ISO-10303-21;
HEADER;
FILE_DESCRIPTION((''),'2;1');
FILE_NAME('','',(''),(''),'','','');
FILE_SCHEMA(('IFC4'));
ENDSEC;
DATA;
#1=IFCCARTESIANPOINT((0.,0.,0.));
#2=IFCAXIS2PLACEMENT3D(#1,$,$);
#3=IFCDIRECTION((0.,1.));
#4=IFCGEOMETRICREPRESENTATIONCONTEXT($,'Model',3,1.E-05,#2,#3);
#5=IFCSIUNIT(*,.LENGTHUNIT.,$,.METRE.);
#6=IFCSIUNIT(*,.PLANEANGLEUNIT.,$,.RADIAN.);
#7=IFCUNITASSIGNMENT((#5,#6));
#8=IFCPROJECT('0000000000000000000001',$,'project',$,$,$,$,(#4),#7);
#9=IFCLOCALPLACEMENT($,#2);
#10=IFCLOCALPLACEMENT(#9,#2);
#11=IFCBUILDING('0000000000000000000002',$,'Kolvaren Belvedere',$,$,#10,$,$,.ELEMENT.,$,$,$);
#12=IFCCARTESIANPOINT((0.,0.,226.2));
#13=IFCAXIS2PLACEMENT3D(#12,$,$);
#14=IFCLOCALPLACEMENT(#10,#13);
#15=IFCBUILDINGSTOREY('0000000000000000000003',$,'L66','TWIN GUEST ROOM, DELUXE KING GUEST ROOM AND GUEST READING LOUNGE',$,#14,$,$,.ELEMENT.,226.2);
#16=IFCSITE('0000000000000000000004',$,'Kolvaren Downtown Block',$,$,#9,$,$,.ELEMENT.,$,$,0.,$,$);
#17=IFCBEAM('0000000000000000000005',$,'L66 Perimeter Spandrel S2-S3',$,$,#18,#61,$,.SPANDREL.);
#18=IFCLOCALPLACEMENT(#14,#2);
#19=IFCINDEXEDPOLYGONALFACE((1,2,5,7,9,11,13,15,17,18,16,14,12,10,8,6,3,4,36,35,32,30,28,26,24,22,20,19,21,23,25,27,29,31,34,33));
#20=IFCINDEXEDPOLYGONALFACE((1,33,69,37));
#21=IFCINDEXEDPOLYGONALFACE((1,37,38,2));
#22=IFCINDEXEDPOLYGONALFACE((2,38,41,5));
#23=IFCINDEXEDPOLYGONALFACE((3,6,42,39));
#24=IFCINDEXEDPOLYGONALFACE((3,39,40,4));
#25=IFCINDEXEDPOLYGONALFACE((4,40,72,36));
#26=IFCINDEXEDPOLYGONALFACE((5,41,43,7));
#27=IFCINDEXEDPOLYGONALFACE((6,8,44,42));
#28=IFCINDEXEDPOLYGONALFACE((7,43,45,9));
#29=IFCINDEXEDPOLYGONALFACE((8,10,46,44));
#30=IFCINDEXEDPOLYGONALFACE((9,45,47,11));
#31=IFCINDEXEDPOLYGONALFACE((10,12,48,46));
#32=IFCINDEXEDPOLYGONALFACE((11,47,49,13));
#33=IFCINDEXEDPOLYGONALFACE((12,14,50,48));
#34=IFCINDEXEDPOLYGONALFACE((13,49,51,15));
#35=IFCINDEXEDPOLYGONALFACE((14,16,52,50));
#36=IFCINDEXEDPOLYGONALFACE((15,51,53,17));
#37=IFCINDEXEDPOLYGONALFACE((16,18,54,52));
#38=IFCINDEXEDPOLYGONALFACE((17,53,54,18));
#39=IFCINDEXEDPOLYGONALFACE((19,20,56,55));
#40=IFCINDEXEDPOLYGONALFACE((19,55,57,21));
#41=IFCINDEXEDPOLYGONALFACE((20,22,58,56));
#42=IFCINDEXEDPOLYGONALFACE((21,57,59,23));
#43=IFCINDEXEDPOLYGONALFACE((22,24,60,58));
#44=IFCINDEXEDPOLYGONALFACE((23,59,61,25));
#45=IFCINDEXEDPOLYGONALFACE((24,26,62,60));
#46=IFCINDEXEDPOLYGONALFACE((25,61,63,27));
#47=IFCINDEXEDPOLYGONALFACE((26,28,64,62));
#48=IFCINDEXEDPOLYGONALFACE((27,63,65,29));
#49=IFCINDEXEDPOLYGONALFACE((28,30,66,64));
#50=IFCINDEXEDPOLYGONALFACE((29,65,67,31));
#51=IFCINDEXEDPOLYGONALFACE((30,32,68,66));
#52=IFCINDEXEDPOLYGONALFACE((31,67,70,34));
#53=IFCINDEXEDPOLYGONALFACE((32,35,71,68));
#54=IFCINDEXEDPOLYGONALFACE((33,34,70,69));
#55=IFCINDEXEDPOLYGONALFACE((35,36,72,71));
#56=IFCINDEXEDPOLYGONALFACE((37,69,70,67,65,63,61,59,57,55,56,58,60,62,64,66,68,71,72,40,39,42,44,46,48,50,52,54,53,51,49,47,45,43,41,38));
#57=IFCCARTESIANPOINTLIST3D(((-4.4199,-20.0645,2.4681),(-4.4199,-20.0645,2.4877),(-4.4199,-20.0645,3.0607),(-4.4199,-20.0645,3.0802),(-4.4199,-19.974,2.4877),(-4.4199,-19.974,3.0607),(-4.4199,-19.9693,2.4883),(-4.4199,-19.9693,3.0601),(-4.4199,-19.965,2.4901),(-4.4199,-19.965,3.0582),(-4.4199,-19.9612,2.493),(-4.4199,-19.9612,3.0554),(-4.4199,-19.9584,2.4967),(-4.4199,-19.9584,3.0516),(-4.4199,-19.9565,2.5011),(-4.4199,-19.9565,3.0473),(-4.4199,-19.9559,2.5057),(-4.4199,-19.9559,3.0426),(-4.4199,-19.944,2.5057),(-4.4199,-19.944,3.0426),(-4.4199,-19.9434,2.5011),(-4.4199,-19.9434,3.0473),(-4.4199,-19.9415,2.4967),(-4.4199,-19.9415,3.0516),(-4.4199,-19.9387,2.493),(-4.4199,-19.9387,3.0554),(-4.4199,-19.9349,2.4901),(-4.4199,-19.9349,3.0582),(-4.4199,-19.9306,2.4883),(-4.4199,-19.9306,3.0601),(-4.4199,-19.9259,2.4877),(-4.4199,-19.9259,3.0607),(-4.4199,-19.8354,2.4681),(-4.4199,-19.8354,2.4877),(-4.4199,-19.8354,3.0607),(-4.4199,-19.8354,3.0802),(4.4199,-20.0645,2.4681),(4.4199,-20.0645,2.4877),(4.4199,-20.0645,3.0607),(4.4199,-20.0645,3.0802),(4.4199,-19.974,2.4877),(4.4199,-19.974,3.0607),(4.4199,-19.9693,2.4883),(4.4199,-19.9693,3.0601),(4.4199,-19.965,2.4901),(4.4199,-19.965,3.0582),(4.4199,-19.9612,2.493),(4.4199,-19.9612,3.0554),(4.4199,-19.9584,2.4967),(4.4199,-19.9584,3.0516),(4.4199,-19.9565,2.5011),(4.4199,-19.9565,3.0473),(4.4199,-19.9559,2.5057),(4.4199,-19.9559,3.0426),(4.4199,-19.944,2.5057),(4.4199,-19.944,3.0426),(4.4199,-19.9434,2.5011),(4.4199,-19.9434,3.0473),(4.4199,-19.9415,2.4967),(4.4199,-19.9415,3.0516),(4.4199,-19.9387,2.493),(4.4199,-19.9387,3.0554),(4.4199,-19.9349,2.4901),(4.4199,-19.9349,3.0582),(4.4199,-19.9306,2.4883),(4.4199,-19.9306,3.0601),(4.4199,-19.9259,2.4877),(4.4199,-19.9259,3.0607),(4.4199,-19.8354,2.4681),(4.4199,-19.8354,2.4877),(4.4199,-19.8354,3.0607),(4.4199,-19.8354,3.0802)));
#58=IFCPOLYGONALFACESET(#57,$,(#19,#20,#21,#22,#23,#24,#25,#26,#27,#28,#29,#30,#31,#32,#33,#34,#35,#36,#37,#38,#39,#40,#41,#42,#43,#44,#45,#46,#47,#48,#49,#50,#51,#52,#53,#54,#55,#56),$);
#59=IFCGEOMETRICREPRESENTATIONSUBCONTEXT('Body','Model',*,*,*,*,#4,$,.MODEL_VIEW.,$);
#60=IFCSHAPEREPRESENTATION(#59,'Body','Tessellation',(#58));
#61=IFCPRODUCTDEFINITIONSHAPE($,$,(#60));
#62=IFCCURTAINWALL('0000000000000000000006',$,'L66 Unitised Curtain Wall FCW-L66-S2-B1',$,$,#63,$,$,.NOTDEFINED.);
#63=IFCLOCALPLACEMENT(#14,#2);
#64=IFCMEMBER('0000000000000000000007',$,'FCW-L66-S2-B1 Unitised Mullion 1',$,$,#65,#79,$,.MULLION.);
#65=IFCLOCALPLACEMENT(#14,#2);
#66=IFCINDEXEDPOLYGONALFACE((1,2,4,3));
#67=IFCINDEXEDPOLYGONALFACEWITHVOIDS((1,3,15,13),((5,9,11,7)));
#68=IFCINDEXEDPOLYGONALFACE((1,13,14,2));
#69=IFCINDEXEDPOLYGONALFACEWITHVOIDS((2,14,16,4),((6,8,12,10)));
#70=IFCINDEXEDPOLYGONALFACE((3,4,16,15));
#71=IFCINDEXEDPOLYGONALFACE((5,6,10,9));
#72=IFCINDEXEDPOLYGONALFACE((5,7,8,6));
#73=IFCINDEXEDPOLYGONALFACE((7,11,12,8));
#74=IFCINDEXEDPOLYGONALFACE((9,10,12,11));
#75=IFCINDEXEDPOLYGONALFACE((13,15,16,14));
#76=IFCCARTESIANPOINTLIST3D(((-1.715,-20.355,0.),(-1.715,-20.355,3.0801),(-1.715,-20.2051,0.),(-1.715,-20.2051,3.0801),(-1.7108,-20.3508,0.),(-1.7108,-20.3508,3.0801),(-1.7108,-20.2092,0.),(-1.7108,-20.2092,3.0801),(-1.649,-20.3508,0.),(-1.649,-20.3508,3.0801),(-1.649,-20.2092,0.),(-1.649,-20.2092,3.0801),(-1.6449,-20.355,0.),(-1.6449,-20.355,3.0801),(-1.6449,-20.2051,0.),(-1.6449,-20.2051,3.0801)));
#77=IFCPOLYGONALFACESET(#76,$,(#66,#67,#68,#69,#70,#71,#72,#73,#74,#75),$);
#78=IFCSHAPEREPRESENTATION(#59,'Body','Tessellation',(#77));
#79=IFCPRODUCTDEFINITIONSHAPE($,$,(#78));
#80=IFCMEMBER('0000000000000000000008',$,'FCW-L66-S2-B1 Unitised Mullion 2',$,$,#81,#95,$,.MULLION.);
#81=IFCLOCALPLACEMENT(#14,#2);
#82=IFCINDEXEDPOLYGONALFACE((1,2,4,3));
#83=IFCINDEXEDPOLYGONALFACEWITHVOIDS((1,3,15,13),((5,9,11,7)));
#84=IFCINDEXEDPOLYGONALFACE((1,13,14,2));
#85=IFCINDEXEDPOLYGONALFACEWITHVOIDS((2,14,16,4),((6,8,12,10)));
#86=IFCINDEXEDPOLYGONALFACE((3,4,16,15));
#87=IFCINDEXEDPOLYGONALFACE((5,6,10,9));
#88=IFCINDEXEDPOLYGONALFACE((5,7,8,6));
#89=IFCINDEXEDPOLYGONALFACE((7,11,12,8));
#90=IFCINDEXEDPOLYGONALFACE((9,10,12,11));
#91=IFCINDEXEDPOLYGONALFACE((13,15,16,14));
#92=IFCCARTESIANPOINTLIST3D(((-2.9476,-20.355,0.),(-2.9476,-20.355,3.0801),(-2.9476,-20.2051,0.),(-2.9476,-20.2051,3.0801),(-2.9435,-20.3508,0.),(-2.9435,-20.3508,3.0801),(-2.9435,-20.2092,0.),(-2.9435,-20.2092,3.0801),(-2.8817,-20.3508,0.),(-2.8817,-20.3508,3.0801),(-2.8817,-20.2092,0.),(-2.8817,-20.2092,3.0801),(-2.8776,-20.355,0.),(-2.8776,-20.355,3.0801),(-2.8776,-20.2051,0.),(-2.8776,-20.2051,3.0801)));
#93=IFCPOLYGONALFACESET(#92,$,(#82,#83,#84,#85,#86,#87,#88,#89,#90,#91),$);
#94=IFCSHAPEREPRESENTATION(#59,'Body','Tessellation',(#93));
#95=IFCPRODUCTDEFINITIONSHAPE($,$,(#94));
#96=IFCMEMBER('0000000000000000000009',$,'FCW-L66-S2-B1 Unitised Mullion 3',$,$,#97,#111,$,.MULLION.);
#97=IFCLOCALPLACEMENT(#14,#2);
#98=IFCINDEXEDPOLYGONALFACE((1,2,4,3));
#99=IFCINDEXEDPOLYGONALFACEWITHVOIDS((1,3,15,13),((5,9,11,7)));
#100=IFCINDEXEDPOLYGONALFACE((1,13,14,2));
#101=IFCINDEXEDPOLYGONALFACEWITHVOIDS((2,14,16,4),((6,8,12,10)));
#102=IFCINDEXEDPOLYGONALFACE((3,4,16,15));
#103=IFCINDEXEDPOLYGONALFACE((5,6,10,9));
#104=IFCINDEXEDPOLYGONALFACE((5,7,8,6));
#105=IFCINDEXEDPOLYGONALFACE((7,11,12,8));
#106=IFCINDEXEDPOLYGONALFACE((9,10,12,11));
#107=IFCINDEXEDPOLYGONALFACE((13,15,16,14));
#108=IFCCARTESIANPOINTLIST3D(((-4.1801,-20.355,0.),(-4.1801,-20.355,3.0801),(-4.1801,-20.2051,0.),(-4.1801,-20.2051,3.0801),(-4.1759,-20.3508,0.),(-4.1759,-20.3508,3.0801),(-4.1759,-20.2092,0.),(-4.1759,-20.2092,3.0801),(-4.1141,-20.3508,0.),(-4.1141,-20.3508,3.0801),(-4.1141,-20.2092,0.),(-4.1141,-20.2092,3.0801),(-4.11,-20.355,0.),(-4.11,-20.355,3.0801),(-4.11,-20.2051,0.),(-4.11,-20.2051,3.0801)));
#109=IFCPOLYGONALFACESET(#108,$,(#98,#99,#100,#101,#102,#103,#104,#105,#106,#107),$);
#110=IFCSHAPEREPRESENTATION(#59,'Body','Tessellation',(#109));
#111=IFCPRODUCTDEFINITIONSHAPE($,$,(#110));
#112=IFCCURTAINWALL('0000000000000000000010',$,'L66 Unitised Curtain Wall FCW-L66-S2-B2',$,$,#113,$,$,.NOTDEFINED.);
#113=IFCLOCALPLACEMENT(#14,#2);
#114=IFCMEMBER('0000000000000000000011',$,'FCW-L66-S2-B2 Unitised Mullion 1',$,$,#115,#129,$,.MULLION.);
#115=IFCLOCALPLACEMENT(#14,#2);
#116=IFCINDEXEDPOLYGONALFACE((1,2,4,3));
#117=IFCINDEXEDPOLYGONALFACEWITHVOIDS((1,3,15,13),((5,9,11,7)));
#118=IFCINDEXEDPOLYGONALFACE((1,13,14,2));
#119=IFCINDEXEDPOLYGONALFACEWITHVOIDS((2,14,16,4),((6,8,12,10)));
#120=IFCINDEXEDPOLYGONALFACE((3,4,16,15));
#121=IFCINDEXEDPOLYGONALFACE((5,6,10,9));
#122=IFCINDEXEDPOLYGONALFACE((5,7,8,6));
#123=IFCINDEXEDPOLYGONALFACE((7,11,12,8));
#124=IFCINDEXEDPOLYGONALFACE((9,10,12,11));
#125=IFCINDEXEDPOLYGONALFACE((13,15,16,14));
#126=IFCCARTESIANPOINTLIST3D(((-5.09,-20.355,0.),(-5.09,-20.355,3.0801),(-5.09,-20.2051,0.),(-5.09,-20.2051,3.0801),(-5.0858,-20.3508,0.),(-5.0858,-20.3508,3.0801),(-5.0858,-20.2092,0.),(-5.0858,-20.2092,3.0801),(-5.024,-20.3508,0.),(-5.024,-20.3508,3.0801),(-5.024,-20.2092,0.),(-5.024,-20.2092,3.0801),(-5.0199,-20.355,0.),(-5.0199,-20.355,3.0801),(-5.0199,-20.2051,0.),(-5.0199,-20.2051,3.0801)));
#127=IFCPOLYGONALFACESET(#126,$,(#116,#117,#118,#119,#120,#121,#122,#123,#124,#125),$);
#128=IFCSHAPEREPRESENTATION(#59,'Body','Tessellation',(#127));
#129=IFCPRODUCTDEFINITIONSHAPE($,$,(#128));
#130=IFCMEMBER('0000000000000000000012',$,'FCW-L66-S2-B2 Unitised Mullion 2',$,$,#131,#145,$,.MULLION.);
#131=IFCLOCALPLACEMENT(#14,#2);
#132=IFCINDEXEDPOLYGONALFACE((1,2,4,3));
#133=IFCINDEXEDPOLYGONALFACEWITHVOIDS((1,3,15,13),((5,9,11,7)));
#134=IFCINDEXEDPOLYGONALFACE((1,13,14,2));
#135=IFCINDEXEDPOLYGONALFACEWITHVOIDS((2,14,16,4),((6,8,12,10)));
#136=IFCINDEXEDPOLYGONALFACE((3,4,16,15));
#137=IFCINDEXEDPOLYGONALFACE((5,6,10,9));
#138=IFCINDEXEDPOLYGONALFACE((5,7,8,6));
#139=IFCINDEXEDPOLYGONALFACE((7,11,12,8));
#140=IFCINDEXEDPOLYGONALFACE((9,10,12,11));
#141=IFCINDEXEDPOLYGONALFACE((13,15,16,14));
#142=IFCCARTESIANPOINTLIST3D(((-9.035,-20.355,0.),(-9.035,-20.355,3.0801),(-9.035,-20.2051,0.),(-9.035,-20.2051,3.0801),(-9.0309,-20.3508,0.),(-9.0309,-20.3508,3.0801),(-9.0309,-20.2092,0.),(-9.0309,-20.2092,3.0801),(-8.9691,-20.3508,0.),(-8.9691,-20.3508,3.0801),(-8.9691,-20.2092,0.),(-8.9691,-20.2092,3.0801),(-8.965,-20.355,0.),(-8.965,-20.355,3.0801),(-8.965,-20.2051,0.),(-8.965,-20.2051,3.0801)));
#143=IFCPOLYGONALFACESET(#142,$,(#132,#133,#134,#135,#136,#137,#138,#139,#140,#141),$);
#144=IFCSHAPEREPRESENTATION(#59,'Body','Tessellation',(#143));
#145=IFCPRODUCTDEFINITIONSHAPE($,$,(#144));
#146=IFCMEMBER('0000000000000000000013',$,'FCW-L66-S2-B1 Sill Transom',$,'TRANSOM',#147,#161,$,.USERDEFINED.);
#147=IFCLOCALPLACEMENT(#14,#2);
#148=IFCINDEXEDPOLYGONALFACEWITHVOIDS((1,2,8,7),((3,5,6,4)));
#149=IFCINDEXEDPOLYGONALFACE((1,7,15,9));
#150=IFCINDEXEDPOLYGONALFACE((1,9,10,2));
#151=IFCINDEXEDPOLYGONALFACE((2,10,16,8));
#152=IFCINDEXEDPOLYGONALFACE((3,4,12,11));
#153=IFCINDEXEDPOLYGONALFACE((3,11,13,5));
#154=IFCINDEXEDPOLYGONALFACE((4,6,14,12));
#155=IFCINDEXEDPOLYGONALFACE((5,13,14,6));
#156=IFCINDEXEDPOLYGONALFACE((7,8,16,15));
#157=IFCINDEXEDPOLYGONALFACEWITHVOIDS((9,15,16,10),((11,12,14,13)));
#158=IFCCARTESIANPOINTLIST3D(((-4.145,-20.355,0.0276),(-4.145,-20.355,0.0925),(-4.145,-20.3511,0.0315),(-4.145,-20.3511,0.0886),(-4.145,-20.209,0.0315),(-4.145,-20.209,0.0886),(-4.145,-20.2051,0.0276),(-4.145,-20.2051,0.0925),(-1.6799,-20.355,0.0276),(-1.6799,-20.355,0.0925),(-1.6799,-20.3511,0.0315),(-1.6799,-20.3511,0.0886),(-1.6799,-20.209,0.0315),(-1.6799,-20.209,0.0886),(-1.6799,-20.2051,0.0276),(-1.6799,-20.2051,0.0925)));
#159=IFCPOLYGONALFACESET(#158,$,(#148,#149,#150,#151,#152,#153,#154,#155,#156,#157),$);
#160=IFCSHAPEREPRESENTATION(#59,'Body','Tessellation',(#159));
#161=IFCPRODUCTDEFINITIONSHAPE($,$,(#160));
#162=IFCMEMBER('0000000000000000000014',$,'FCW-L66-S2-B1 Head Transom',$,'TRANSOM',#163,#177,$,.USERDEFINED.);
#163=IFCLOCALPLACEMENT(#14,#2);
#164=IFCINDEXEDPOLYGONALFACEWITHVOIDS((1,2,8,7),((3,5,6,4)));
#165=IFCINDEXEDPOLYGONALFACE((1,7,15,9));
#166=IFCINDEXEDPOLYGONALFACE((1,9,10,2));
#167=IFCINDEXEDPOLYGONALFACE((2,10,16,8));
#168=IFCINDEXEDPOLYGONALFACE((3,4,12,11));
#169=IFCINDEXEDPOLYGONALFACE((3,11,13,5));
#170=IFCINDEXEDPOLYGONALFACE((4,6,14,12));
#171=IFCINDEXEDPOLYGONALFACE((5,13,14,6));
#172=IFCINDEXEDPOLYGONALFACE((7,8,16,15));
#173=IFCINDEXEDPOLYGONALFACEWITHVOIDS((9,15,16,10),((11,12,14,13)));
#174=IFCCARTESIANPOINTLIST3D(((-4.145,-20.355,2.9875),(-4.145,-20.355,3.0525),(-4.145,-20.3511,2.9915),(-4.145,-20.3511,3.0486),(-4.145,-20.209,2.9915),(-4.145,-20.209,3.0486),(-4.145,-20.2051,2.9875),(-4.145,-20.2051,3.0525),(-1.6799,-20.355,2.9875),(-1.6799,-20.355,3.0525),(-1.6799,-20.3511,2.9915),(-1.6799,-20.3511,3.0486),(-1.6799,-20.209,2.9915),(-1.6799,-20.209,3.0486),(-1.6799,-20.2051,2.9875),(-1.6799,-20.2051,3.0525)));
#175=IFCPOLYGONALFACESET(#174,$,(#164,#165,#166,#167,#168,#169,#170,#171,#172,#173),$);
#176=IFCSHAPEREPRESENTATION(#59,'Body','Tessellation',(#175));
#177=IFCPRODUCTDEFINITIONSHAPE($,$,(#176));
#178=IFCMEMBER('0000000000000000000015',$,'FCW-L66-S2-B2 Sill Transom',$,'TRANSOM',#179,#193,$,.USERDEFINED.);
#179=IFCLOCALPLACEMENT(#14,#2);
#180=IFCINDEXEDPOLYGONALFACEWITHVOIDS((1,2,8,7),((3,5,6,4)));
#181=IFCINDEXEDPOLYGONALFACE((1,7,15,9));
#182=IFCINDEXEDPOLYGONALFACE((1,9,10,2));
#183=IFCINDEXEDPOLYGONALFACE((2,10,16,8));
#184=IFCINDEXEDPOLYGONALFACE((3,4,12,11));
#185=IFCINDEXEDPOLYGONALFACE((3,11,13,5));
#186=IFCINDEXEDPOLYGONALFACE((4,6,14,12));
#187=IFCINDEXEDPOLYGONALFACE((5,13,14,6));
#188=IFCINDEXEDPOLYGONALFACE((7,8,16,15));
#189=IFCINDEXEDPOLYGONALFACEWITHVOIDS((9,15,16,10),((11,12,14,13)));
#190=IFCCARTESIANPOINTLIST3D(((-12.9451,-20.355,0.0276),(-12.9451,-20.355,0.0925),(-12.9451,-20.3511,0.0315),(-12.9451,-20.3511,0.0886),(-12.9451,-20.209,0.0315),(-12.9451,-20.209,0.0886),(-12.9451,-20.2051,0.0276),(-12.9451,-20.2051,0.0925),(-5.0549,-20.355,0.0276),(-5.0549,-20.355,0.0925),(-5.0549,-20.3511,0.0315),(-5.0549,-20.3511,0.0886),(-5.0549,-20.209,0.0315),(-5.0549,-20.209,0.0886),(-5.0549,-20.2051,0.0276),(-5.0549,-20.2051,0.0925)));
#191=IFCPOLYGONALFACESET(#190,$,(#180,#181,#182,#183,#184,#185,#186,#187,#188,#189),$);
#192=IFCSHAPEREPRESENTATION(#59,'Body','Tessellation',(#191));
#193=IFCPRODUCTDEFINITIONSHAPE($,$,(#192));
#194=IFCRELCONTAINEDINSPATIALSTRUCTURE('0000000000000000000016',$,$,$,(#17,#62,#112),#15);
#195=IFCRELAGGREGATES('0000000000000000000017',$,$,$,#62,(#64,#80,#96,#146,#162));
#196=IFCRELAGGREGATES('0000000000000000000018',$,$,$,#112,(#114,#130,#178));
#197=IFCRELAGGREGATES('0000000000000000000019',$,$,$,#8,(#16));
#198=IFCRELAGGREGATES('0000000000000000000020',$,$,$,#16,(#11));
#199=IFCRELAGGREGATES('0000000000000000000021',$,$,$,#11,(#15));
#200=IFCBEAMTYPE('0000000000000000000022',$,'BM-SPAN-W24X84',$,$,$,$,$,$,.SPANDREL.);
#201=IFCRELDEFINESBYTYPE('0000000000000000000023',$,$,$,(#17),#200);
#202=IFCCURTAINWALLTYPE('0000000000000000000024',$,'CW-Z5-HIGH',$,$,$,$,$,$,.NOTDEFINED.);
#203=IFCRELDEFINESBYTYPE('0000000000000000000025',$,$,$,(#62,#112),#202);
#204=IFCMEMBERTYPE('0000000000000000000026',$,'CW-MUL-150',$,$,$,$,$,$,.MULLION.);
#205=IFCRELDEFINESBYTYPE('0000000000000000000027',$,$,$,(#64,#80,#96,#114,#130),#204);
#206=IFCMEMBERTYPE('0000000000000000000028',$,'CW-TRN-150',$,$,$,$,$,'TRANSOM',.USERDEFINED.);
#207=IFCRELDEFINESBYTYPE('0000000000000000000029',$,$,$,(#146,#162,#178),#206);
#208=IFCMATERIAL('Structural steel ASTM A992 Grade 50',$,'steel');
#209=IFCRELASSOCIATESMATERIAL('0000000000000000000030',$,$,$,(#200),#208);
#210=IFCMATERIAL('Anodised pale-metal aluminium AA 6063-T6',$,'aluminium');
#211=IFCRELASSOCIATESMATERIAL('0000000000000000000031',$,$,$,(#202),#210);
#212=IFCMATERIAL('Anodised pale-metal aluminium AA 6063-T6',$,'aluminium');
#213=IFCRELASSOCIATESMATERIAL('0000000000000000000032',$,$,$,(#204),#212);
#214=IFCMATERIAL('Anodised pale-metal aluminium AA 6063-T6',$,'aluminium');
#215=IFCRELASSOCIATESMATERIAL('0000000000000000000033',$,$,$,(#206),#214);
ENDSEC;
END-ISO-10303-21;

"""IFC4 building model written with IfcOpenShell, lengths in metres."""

from ifc_helpers import new_model, si_unit, direction, frame, origin, origin_2d, place, context, subcontext, project, spatial, hollow_rectangle, i_section, extrude, material, material_profile, profile_set, type_object, element, aggregate, save


model = new_model("IFC4")

# Units and contexts
model_context = context("Model", 3, precision=1e-05, world=origin(), true_north=direction((0.0, 1.0)))
body_context = subcontext(model_context, "Body", "Model", "MODEL_VIEW")
ifc_project = project(units=[si_unit("LENGTHUNIT", "METRE"), si_unit("PLANEANGLEUNIT", "RADIAN")], contexts=[model_context])

# Site, building, storey
site_placement = place(None, origin())
site = spatial("IfcSite", under=ifc_project, at=site_placement, Name="Kolvaren Downtown Block", CompositionType="ELEMENT", RefElevation=0.0)
building_placement = place(site_placement, origin())
building = spatial("IfcBuilding", under=site, at=building_placement, Name="Kolvaren Belvedere", CompositionType="ELEMENT")
storey_placement = place(building_placement, frame((0.0, 0.0, 226.2)))
storey = spatial("IfcBuildingStorey", under=building, at=storey_placement, Name="L66", Description="TWIN GUEST ROOM, DELUXE KING GUEST ROOM AND GUEST READING LOUNGE", CompositionType="ELEMENT", Elevation=226.2)

# Beam
ifc_material_1 = material(Name="Structural steel ASTM A992 Grade 50", Category="steel")
ifc_material_profile_1 = material_profile(ifc_material_1, i_section(OverallWidth=0.229, OverallDepth=0.6121, WebThickness=0.012, FlangeThickness=0.0195, FilletRadius=0.0181, at=origin_2d()), Name="W24X84")
ifc_profile_set_1 = profile_set([ifc_material_profile_1], Name="Structural steel ASTM A992 Grade 50")
beam_type_1 = type_object("IfcBeamType", Name="BM-SPAN-W24X84", PredefinedType="SPANDREL", material=ifc_profile_set_1)
beam_1_placement = place(storey_placement, frame((-4.4199, -19.95, 2.7742), z_axis=(1.0, 0.0, 0.0), x_axis=(0.0, 1.0, 0.0)))
element("IfcBeam", 1, at=beam_1_placement, inside=storey, type_object=beam_type_1, Name="L66 Perimeter Spandrel S2-S3", PredefinedType="SPANDREL", context=body_context, shape_type="SweptSolid", body=[
    extrude(i_section(OverallWidth=0.229, OverallDepth=0.6121, WebThickness=0.012, FlangeThickness=0.0195, FilletRadius=0.0181, at=origin_2d()), origin(), (0.0, 0.0, 1.0), 8.8398),
])

# Curtain walls, members
ifc_material_2 = material(Name="Anodised pale-metal aluminium AA 6063-T6", Category="aluminium")
curtain_wall_type = type_object("IfcCurtainWallType", Name="CW-Z5-HIGH", PredefinedType="NOTDEFINED", material=ifc_material_2)
curtain_wall_1_placement = place(storey_placement, origin())
curtain_wall_1 = element("IfcCurtainWall", 2, at=curtain_wall_1_placement, inside=storey, type_object=curtain_wall_type, Name="L66 Unitised Curtain Wall FCW-L66-S2-B1", PredefinedType="NOTDEFINED")
ifc_material_3 = material(Name="Anodised pale-metal aluminium AA 6063-T6", Category="aluminium")
ifc_material_profile_2 = material_profile(ifc_material_3, hollow_rectangle(XDim=0.0701, YDim=0.1499, WallThickness=0.0042, at=origin_2d()), Name="ALU-MUL-150X70")
ifc_profile_set_2 = profile_set([ifc_material_profile_2], Name="Anodised pale-metal aluminium AA 6063-T6")
member_type_1 = type_object("IfcMemberType", Name="CW-MUL-150", PredefinedType="MULLION", material=ifc_profile_set_2)
member_1_placement = place(storey_placement, frame((-1.6799, -20.28, 0.0), z_axis=(0.0, 0.0, 1.0), x_axis=(1.0, 0.0, 0.0)))
member_1 = element("IfcMember", 3, at=member_1_placement, type_object=member_type_1, Name="FCW-L66-S2-B1 Unitised Mullion 1", PredefinedType="MULLION", context=body_context, shape_type="SweptSolid", body=[
    extrude(hollow_rectangle(XDim=0.0701, YDim=0.1499, WallThickness=0.0042, at=origin_2d()), origin(), (0.0, 0.0, 1.0), 3.0801),
])
member_2_placement = place(storey_placement, frame((-2.9126, -20.28, 0.0), z_axis=(0.0, 0.0, 1.0), x_axis=(1.0, 0.0, 0.0)))
member_2 = element("IfcMember", 4, at=member_2_placement, type_object=member_type_1, Name="FCW-L66-S2-B1 Unitised Mullion 2", PredefinedType="MULLION", context=body_context, shape_type="SweptSolid", body=[
    extrude(hollow_rectangle(XDim=0.0701, YDim=0.1499, WallThickness=0.0042, at=origin_2d()), origin(), (0.0, 0.0, 1.0), 3.0801),
])
member_3_placement = place(storey_placement, frame((-4.145, -20.28, 0.0), z_axis=(0.0, 0.0, 1.0), x_axis=(1.0, 0.0, 0.0)))
member_3 = element("IfcMember", 5, at=member_3_placement, type_object=member_type_1, Name="FCW-L66-S2-B1 Unitised Mullion 3", PredefinedType="MULLION", context=body_context, shape_type="SweptSolid", body=[
    extrude(hollow_rectangle(XDim=0.0701, YDim=0.1499, WallThickness=0.0042, at=origin_2d()), origin(), (0.0, 0.0, 1.0), 3.0801),
])
curtain_wall_2_placement = place(storey_placement, origin())
curtain_wall_2 = element("IfcCurtainWall", 6, at=curtain_wall_2_placement, inside=storey, type_object=curtain_wall_type, Name="L66 Unitised Curtain Wall FCW-L66-S2-B2", PredefinedType="NOTDEFINED")
member_4_placement = place(storey_placement, frame((-5.0549, -20.28, 0.0), z_axis=(0.0, 0.0, 1.0), x_axis=(1.0, 0.0, 0.0)))
member_4 = element("IfcMember", 7, at=member_4_placement, type_object=member_type_1, Name="FCW-L66-S2-B2 Unitised Mullion 1", PredefinedType="MULLION", context=body_context, shape_type="SweptSolid", body=[
    extrude(hollow_rectangle(XDim=0.0701, YDim=0.1499, WallThickness=0.0042, at=origin_2d()), origin(), (0.0, 0.0, 1.0), 3.0801),
])
member_5_placement = place(storey_placement, frame((-9.0, -20.28, 0.0), z_axis=(0.0, 0.0, 1.0), x_axis=(1.0, 0.0, 0.0)))
member_5 = element("IfcMember", 8, at=member_5_placement, type_object=member_type_1, Name="FCW-L66-S2-B2 Unitised Mullion 2", PredefinedType="MULLION", context=body_context, shape_type="SweptSolid", body=[
    extrude(hollow_rectangle(XDim=0.0701, YDim=0.1499, WallThickness=0.0042, at=origin_2d()), origin(), (0.0, 0.0, 1.0), 3.0801),
])

# Members
ifc_material_4 = material(Name="Anodised pale-metal aluminium AA 6063-T6", Category="aluminium")
ifc_material_profile_3 = material_profile(ifc_material_4, hollow_rectangle(XDim=0.0649, YDim=0.1499, WallThickness=0.0039, at=origin_2d()), Name="ALU-TRN-150X65")
ifc_profile_set_3 = profile_set([ifc_material_profile_3], Name="Anodised pale-metal aluminium AA 6063-T6")
member_type_2 = type_object("IfcMemberType", Name="CW-TRN-150", ElementType="TRANSOM", PredefinedType="USERDEFINED", material=ifc_profile_set_3)
member_6_placement = place(storey_placement, frame((-1.6799, -20.28, 0.0601), z_axis=(-1.0, 0.0, 0.0), x_axis=(0.0, 0.0, 1.0)))
member_6 = element("IfcMember", 9, at=member_6_placement, type_object=member_type_2, Name="FCW-L66-S2-B1 Sill Transom", ObjectType="TRANSOM", PredefinedType="USERDEFINED", context=body_context, shape_type="SweptSolid", body=[
    extrude(hollow_rectangle(XDim=0.0649, YDim=0.1499, WallThickness=0.0039, at=origin_2d()), origin(), (0.0, 0.0, 1.0), 2.4651),
])
member_7_placement = place(storey_placement, frame((-1.6799, -20.28, 3.02), z_axis=(-1.0, 0.0, 0.0), x_axis=(0.0, 0.0, 1.0)))
member_7 = element("IfcMember", 10, at=member_7_placement, type_object=member_type_2, Name="FCW-L66-S2-B1 Head Transom", ObjectType="TRANSOM", PredefinedType="USERDEFINED", context=body_context, shape_type="SweptSolid", body=[
    extrude(hollow_rectangle(XDim=0.0649, YDim=0.1499, WallThickness=0.0039, at=origin_2d()), origin(), (0.0, 0.0, 1.0), 2.4651),
])
member_8_placement = place(storey_placement, frame((-5.0549, -20.28, 0.0601), z_axis=(-1.0, 0.0, 0.0), x_axis=(0.0, 0.0, 1.0)))
member_8 = element("IfcMember", 11, at=member_8_placement, type_object=member_type_2, Name="FCW-L66-S2-B2 Sill Transom", ObjectType="TRANSOM", PredefinedType="USERDEFINED", context=body_context, shape_type="SweptSolid", body=[
    extrude(hollow_rectangle(XDim=0.0649, YDim=0.1499, WallThickness=0.0039, at=origin_2d()), origin(), (0.0, 0.0, 1.0), 7.8901),
])

aggregate(curtain_wall_1, [member_1, member_2, member_3, member_6, member_7])
aggregate(curtain_wall_2, [member_4, member_5, member_8])

save(model, "model.ifc")
